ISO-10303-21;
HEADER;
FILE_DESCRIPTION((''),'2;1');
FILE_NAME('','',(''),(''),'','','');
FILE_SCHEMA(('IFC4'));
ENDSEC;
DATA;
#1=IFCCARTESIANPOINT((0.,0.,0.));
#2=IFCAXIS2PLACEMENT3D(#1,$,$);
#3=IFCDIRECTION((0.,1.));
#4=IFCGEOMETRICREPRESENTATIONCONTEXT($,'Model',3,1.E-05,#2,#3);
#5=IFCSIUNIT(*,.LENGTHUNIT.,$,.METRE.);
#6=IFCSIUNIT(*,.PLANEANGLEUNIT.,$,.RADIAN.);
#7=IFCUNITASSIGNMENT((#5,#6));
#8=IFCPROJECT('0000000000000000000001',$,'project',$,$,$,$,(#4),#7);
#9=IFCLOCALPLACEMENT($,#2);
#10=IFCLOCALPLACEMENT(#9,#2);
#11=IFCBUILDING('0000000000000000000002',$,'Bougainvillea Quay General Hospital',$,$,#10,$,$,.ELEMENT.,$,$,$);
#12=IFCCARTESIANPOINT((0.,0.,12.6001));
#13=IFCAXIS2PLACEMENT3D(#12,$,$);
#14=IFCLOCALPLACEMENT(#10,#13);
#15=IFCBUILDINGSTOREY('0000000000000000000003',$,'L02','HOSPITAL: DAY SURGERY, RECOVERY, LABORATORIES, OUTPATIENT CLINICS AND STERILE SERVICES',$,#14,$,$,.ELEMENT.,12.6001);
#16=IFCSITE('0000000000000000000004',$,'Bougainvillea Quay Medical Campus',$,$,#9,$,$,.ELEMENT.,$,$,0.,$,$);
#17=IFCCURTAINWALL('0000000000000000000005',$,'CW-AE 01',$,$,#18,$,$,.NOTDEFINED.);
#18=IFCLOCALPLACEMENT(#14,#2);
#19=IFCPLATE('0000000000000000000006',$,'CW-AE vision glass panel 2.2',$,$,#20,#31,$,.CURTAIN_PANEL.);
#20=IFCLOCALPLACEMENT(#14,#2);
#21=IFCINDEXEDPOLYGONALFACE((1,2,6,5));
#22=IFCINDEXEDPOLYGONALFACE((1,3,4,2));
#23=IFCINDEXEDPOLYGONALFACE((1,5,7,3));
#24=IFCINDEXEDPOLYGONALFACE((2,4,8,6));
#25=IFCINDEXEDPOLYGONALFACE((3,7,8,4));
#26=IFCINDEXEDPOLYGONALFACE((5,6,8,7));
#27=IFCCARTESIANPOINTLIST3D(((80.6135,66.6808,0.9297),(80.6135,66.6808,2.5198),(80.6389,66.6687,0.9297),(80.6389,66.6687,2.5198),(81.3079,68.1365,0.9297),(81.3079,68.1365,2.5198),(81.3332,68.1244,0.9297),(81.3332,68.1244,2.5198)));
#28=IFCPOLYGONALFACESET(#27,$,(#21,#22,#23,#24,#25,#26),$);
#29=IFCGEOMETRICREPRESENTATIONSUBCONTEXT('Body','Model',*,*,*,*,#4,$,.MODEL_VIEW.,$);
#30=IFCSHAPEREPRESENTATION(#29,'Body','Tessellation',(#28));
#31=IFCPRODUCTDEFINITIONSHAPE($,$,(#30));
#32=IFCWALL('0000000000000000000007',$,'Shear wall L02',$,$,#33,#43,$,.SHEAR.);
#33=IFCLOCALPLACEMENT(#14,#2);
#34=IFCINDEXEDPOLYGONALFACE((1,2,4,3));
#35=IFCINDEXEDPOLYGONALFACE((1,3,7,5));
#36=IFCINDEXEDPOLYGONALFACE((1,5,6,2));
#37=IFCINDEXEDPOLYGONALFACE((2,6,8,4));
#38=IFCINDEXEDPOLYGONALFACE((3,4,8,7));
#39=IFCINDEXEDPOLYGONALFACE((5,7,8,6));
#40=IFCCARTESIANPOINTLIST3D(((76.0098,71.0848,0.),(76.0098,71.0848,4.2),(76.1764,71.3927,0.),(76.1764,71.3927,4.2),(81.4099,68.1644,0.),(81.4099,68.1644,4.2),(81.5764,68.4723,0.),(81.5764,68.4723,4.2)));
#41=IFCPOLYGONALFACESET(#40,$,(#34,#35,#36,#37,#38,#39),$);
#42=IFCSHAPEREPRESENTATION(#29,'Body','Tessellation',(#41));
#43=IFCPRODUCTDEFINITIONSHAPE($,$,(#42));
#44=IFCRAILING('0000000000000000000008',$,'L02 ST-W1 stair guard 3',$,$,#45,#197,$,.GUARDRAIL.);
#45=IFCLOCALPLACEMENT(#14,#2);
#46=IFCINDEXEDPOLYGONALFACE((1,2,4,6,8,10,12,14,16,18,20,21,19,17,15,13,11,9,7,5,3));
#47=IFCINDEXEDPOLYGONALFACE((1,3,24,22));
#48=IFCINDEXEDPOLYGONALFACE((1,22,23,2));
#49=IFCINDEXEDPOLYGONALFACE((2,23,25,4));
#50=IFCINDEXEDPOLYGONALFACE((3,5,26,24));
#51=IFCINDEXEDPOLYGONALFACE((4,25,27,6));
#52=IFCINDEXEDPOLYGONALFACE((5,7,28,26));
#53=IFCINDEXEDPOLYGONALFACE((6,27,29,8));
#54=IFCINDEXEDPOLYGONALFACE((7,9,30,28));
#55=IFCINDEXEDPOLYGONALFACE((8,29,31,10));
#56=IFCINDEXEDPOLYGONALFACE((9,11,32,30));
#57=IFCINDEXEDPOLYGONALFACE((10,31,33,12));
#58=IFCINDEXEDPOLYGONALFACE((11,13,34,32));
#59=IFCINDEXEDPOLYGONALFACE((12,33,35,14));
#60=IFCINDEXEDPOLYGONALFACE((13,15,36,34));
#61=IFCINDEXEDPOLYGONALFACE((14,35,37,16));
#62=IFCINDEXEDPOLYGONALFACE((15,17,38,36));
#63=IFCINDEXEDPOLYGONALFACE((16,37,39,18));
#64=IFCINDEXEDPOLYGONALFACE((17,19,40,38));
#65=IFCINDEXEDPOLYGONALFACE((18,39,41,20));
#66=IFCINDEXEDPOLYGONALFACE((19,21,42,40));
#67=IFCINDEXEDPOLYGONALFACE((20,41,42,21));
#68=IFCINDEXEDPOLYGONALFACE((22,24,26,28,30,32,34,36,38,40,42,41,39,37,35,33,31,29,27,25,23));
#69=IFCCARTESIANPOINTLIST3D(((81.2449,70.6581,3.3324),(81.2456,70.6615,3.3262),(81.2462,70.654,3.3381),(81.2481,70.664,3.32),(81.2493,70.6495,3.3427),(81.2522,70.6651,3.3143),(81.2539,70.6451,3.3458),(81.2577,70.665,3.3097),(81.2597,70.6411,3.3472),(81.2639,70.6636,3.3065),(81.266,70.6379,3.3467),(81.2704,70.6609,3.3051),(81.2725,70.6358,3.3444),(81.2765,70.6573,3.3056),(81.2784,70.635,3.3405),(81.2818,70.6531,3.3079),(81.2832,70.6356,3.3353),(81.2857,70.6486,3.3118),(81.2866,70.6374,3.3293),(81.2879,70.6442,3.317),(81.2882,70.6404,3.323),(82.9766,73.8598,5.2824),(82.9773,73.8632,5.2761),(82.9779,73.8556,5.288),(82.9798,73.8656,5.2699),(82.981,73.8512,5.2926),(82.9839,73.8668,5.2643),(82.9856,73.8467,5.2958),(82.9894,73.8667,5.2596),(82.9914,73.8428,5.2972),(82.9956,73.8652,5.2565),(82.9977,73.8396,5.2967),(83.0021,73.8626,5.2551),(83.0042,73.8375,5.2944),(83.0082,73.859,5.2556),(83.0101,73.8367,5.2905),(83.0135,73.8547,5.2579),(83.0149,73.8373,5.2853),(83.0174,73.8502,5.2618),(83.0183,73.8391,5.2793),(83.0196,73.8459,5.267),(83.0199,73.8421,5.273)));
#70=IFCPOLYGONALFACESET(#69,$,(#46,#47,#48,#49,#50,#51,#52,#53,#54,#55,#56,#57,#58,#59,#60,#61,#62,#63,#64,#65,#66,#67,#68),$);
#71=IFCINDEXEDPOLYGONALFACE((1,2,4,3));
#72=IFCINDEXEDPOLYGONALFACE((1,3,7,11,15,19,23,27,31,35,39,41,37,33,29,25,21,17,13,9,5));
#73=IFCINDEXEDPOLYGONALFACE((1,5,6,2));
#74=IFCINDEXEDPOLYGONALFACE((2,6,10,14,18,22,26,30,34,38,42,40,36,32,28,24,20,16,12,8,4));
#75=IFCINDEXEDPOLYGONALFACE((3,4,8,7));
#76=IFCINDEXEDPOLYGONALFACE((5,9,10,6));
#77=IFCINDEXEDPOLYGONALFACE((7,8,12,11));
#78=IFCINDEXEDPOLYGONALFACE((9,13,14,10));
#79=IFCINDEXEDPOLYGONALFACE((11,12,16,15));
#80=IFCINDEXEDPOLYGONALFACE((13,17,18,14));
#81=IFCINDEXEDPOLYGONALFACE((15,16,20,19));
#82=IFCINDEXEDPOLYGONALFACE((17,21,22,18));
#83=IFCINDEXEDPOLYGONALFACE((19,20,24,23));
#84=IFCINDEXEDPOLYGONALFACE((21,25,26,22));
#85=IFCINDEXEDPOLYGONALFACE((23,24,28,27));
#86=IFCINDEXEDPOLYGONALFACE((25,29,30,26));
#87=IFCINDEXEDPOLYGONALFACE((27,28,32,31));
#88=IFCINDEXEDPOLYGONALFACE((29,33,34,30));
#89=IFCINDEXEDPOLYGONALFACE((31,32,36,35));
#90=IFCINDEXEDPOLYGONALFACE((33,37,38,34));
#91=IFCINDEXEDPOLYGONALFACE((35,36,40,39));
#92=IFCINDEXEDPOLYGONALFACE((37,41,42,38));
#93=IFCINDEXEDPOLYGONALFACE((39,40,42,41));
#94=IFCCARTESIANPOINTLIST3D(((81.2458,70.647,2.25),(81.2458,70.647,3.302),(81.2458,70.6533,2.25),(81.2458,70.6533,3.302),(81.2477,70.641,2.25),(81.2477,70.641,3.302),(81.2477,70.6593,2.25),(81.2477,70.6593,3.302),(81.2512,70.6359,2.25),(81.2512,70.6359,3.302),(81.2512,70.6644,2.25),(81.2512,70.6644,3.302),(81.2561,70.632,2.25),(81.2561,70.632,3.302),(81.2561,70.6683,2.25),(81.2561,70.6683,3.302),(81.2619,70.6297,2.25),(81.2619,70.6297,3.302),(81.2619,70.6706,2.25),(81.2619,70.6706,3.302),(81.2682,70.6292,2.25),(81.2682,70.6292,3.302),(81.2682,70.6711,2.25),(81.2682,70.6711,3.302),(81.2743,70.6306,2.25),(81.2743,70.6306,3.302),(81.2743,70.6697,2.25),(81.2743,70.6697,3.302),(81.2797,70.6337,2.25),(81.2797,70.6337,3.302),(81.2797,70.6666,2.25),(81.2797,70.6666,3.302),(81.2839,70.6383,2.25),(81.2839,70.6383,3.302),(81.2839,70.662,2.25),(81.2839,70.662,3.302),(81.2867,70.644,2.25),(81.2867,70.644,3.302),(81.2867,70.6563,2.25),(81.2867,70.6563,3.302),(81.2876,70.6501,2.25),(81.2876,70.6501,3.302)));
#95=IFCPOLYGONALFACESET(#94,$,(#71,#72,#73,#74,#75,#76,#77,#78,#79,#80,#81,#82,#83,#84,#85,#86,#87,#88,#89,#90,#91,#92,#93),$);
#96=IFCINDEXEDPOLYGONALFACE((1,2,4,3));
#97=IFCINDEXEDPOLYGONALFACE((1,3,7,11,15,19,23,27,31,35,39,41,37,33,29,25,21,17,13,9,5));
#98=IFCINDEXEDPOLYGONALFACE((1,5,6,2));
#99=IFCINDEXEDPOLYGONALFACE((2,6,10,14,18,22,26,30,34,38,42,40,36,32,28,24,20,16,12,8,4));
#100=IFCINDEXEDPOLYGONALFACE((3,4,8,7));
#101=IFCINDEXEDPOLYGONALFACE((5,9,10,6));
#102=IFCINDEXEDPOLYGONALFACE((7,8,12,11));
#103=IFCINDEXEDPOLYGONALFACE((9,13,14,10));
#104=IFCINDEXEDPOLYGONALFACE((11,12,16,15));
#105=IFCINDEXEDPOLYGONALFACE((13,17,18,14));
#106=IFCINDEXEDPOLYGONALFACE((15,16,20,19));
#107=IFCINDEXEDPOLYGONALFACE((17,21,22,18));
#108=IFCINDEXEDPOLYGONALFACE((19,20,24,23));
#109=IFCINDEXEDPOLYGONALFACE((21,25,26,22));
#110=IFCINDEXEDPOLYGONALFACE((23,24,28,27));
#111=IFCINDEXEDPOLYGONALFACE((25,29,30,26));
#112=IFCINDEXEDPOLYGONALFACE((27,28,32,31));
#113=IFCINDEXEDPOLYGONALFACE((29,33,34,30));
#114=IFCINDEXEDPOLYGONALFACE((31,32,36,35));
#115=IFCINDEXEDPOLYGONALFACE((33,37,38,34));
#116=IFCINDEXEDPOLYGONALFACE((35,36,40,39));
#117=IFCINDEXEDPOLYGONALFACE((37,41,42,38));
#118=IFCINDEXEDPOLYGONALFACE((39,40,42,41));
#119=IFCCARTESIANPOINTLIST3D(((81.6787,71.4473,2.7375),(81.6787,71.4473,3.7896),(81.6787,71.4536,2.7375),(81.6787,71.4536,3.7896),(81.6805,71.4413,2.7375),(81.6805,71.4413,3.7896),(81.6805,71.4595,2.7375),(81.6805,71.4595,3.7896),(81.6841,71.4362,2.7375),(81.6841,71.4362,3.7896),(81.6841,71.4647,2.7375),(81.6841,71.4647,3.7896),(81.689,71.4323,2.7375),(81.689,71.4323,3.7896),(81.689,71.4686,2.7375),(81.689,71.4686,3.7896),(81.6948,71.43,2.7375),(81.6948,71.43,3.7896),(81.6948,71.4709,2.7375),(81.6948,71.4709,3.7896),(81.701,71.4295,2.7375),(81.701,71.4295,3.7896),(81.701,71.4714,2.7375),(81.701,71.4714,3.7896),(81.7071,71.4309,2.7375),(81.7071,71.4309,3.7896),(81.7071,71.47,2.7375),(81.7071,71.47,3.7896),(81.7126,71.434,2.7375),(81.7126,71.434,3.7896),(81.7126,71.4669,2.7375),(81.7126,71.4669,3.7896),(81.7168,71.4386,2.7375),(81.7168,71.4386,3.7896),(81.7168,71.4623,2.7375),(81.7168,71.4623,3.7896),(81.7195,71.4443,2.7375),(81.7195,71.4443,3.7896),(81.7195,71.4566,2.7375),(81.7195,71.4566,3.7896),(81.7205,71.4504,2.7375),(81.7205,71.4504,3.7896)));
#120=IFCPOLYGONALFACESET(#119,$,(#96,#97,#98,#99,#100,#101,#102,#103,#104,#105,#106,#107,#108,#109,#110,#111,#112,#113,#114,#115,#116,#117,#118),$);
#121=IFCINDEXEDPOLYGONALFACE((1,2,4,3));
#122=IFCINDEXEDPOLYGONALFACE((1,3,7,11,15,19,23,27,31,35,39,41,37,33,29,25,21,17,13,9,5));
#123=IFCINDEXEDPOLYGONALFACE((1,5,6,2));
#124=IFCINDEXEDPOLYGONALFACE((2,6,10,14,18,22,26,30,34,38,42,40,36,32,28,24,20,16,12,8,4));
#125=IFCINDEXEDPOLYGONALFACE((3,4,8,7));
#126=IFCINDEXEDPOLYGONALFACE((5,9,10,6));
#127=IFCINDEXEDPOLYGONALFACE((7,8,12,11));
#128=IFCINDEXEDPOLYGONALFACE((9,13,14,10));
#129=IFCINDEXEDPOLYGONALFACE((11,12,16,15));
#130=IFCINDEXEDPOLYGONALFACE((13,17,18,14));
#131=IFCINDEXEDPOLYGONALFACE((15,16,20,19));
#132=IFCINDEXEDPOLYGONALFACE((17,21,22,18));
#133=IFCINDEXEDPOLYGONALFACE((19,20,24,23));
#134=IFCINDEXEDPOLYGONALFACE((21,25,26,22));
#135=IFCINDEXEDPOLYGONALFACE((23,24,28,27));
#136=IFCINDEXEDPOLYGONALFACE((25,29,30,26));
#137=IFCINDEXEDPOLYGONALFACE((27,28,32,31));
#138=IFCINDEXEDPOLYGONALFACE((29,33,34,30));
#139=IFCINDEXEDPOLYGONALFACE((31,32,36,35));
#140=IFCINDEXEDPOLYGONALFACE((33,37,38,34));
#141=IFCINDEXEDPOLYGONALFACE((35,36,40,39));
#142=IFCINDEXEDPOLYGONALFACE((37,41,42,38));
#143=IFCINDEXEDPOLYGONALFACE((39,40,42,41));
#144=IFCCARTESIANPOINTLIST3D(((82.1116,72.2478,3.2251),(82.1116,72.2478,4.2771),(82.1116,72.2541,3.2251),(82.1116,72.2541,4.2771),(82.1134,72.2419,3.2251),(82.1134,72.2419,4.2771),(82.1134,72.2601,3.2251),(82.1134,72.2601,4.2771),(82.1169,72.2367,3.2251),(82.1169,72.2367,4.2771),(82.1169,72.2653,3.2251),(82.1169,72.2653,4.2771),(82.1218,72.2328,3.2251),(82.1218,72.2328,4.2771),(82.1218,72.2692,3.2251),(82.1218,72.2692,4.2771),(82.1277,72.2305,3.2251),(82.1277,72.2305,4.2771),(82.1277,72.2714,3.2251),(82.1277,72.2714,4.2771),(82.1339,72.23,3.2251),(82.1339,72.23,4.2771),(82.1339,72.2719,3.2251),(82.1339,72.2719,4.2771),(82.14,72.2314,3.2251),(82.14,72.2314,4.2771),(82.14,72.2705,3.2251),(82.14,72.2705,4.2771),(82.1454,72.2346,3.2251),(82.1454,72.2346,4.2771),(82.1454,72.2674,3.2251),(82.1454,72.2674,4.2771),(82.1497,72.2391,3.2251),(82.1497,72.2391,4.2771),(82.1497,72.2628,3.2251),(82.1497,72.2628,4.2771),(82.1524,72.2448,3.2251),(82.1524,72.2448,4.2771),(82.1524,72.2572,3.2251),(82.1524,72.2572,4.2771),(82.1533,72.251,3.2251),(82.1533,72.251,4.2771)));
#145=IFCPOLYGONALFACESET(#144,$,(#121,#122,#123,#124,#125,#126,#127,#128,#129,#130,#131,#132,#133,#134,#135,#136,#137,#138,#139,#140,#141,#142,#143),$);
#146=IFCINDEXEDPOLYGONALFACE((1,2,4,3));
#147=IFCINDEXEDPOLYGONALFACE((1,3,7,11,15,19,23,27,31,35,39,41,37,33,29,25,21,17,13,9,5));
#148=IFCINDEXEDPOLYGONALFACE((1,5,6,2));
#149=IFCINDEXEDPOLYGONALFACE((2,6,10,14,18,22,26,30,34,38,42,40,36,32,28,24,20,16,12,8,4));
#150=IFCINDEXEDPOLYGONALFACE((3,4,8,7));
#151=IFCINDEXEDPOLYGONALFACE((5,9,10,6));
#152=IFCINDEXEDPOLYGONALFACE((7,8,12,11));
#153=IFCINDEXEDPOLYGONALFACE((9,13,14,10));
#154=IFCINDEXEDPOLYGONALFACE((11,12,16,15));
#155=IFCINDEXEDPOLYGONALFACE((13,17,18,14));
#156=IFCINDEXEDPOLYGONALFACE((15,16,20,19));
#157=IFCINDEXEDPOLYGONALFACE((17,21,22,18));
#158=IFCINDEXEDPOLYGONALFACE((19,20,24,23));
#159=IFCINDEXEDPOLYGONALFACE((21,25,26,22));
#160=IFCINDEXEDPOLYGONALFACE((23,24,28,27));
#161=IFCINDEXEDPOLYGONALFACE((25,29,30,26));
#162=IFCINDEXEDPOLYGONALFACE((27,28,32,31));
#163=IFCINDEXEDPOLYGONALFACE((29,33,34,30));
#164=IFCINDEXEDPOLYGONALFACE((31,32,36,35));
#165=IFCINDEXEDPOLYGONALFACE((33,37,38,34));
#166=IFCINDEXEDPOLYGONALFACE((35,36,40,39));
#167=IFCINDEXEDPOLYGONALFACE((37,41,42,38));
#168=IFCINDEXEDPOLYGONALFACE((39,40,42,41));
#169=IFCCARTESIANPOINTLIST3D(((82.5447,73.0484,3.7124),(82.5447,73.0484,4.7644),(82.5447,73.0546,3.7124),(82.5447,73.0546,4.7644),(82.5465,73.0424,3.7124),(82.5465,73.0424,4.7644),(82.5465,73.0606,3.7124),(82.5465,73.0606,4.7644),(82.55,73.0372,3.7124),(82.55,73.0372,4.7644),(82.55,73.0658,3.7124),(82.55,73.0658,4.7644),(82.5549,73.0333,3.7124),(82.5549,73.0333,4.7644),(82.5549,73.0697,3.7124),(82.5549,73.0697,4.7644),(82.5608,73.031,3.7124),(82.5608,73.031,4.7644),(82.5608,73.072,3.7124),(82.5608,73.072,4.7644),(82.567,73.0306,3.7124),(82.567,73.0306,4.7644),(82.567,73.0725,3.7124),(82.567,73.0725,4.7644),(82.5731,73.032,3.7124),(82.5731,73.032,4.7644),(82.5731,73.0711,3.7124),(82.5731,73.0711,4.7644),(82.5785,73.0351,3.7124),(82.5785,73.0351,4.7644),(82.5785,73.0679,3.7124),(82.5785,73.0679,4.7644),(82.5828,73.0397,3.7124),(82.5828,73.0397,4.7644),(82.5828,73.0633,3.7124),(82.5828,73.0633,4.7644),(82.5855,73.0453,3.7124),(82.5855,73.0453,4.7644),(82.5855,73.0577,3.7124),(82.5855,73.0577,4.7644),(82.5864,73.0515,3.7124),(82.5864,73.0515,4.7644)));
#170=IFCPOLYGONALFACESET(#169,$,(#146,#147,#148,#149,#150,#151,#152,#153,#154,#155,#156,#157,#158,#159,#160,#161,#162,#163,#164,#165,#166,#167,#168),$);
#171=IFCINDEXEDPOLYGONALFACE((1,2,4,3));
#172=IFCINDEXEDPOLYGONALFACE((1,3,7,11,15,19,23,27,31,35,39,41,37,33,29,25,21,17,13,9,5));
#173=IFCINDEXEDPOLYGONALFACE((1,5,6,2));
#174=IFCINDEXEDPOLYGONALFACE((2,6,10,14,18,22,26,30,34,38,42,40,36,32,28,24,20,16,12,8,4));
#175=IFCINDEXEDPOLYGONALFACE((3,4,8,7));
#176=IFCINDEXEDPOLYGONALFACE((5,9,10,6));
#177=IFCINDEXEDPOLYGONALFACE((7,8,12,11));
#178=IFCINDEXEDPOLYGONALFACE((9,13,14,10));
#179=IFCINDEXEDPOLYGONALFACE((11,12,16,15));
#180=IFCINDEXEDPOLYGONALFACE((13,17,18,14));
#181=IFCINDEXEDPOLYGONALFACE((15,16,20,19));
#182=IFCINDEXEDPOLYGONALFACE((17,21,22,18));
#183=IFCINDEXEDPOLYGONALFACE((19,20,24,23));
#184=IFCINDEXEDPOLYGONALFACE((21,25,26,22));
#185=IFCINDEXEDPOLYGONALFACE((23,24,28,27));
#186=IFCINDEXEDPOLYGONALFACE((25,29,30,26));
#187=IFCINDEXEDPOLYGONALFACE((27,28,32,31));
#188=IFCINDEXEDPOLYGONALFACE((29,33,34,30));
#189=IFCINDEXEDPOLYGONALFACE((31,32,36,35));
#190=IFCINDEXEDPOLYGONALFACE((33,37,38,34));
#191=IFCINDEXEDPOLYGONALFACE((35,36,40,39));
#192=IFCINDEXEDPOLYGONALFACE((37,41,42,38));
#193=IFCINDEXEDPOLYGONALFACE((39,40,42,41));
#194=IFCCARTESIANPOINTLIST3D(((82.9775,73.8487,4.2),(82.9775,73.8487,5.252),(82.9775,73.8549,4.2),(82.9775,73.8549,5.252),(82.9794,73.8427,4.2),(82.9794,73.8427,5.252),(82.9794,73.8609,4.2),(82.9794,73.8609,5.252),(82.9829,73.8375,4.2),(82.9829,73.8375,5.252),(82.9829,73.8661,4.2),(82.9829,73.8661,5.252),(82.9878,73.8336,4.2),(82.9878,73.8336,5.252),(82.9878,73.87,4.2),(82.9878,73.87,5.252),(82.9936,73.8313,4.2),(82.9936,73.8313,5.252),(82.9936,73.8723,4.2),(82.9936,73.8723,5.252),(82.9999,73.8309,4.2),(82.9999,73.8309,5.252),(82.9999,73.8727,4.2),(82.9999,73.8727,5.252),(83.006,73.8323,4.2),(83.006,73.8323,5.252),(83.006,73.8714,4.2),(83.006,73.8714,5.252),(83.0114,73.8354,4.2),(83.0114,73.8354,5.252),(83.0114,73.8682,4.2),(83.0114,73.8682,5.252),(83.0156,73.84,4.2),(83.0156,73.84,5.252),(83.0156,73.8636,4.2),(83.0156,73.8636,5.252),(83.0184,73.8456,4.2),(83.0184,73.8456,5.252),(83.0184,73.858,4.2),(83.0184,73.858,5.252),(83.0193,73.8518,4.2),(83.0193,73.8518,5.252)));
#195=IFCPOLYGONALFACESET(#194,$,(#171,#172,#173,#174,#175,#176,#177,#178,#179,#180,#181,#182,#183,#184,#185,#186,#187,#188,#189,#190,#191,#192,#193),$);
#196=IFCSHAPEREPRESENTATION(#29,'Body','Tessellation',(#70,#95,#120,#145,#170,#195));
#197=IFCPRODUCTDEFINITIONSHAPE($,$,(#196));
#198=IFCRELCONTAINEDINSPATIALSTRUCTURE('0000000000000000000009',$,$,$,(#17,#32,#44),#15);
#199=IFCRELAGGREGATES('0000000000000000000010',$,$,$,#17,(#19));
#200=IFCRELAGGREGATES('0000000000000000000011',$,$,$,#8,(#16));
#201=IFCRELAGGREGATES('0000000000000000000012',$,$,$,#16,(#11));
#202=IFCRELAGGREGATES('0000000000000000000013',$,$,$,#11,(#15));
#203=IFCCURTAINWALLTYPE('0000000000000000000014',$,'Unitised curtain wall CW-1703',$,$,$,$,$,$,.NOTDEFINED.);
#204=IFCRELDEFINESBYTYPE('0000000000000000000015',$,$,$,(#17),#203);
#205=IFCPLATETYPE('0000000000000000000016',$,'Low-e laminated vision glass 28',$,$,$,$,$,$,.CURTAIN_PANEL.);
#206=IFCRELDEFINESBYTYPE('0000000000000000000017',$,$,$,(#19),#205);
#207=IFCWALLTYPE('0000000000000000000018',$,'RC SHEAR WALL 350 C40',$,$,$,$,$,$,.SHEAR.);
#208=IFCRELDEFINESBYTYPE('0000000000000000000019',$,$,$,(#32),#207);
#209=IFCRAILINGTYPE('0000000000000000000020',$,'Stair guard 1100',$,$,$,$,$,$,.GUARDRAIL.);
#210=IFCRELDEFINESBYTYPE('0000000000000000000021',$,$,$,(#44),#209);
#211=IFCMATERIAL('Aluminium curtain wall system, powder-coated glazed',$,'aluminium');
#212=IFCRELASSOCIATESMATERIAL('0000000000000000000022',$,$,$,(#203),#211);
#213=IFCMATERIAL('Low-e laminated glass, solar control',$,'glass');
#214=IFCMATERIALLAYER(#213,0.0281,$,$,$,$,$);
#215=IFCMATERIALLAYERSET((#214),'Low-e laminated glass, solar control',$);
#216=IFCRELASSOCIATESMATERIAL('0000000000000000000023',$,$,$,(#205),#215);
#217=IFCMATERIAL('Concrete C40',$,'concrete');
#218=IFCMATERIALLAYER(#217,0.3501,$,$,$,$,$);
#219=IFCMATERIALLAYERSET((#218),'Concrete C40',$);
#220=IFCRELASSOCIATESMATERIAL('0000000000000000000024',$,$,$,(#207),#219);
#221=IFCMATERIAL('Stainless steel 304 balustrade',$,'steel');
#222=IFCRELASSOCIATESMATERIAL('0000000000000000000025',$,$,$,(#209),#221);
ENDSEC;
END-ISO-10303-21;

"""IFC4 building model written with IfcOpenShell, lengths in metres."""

from ifc_helpers import new_model, si_unit, direction, frame, frame_2d, origin, origin_2d, place, context, subcontext, project, spatial, rectangle, circle, extrude, material, layer, layer_set, type_object, element, aggregate, save


model = new_model("IFC4")

# Units and contexts
model_context = context("Model", 3, precision=1e-05, world=origin(), true_north=direction((0.0, 1.0)))
body_context = subcontext(model_context, "Body", "Model", "MODEL_VIEW")
ifc_project = project(units=[si_unit("LENGTHUNIT", "METRE"), si_unit("PLANEANGLEUNIT", "RADIAN")], contexts=[model_context])

# Site, building, storey
site_placement = place(None, origin())
site = spatial("IfcSite", under=ifc_project, at=site_placement, Name="Bougainvillea Quay Medical Campus", CompositionType="ELEMENT", RefElevation=0.0)
building_placement = place(site_placement, origin())
building = spatial("IfcBuilding", under=site, at=building_placement, Name="Bougainvillea Quay General Hospital", CompositionType="ELEMENT")
storey_placement = place(building_placement, frame((0.0, 0.0, 12.6001)))
storey = spatial("IfcBuildingStorey", under=building, at=storey_placement, Name="L02", Description="HOSPITAL: DAY SURGERY, RECOVERY, LABORATORIES, OUTPATIENT CLINICS AND STERILE SERVICES", CompositionType="ELEMENT", Elevation=12.6001)

# Shared definitions
ifc_material_1 = material(Name="Concrete C40", Category="concrete")

# Shared definitions
ifc_material_2 = material(Name="Aluminium curtain wall system, powder-coated glazed", Category="aluminium")

# Curtain wall
curtain_wall_type_1 = type_object("IfcCurtainWallType", Name="Unitised curtain wall CW-1703", PredefinedType="NOTDEFINED", material=ifc_material_2)
curtain_wall_1_placement = place(storey_placement, origin())
curtain_wall_1 = element("IfcCurtainWall", 1, at=curtain_wall_1_placement, inside=storey, type_object=curtain_wall_type_1, Name="CW-AE 01", PredefinedType="NOTDEFINED")

# Plate
ifc_material_3 = material(Name="Low-e laminated glass, solar control", Category="glass")
ifc_layer_1 = layer(ifc_material_3, 0.0281)
ifc_layer_set_1 = layer_set([ifc_layer_1], Name="Low-e laminated glass, solar control")
plate_type_1 = type_object("IfcPlateType", Name="Low-e laminated vision glass 28", PredefinedType="CURTAIN_PANEL", material=ifc_layer_set_1)
plate_1_placement = place(storey_placement, frame((80.9734, 67.4026, 0.9297), z_axis=(0.0, 0.0, 1.0), x_axis=(0.43053, 0.902576, 0.0)))
plate_1 = element("IfcPlate", 2, at=plate_1_placement, type_object=plate_type_1, Name="CW-AE vision glass panel 2.2", PredefinedType="CURTAIN_PANEL", context=body_context, shape_type="SweptSolid", body=[
    extrude(rectangle(XDim=1.6128, YDim=0.0281, at=origin_2d()), origin(), (0.0, 0.0, 1.0), 1.5901),
])
aggregate(curtain_wall_1, [plate_1])

# Wall
ifc_layer_2 = layer(ifc_material_1, 0.3501)
ifc_layer_set_2 = layer_set([ifc_layer_2], Name="Concrete C40")
wall_type = type_object("IfcWallType", Name="RC SHEAR WALL 350 C40", PredefinedType="SHEAR", material=ifc_layer_set_2)
wall_placement = place(storey_placement, frame((81.4932, 68.3184, 0.0), z_axis=(0.0, 0.0, 1.0), x_axis=(-0.87961, 0.475695, 0.0)))
element("IfcWall", 3, at=wall_placement, inside=storey, type_object=wall_type, Name="Shear wall L02", PredefinedType="SHEAR", context=body_context, shape_type="SweptSolid", body=[
    extrude(rectangle(XDim=6.1392, YDim=0.3501, at=frame_2d((3.0696, 0.0))), origin(), (0.0, 0.0, 1.0), 4.2),
])

# Railing
ifc_material_4 = material(Name="Stainless steel 304 balustrade", Category="steel")
railing_type = type_object("IfcRailingType", Name="Stair guard 1100", PredefinedType="GUARDRAIL", material=ifc_material_4)
railing_placement = place(storey_placement, frame((81.2666, 70.6501, 2.25)))
element("IfcRailing", 4, at=railing_placement, inside=storey, type_object=railing_type, Name="L02 ST-W1 stair guard 3", PredefinedType="GUARDRAIL", context=body_context, shape_type="SweptSolid", body=[
    extrude(circle(Radius=0.0239, at=origin_2d()), frame((0.0, 0.0, 1.0762), z_axis=(0.419359, 0.775339, 0.472215), x_axis=(-0.879584, 0.475743, 0.0)), (0.0, 0.0, 1.0), 4.1294),
    extrude(circle(Radius=0.021, at=origin_2d()), origin(), (0.0, 0.0, 1.0), 1.052),
    extrude(circle(Radius=0.021, at=origin_2d()), frame((0.4329, 0.8003, 0.4875)), (0.0, 0.0, 1.0), 1.052),
    extrude(circle(Radius=0.021, at=origin_2d()), frame((0.8657, 1.6008, 0.9751)), (0.0, 0.0, 1.0), 1.052),
    extrude(circle(Radius=0.021, at=origin_2d()), frame((1.2988, 2.4014, 1.4624)), (0.0, 0.0, 1.0), 1.052),
    extrude(circle(Radius=0.021, at=origin_2d()), frame((1.7317, 3.2017, 1.95)), (0.0, 0.0, 1.0), 1.052),
])

save(model, "model.ifc")
